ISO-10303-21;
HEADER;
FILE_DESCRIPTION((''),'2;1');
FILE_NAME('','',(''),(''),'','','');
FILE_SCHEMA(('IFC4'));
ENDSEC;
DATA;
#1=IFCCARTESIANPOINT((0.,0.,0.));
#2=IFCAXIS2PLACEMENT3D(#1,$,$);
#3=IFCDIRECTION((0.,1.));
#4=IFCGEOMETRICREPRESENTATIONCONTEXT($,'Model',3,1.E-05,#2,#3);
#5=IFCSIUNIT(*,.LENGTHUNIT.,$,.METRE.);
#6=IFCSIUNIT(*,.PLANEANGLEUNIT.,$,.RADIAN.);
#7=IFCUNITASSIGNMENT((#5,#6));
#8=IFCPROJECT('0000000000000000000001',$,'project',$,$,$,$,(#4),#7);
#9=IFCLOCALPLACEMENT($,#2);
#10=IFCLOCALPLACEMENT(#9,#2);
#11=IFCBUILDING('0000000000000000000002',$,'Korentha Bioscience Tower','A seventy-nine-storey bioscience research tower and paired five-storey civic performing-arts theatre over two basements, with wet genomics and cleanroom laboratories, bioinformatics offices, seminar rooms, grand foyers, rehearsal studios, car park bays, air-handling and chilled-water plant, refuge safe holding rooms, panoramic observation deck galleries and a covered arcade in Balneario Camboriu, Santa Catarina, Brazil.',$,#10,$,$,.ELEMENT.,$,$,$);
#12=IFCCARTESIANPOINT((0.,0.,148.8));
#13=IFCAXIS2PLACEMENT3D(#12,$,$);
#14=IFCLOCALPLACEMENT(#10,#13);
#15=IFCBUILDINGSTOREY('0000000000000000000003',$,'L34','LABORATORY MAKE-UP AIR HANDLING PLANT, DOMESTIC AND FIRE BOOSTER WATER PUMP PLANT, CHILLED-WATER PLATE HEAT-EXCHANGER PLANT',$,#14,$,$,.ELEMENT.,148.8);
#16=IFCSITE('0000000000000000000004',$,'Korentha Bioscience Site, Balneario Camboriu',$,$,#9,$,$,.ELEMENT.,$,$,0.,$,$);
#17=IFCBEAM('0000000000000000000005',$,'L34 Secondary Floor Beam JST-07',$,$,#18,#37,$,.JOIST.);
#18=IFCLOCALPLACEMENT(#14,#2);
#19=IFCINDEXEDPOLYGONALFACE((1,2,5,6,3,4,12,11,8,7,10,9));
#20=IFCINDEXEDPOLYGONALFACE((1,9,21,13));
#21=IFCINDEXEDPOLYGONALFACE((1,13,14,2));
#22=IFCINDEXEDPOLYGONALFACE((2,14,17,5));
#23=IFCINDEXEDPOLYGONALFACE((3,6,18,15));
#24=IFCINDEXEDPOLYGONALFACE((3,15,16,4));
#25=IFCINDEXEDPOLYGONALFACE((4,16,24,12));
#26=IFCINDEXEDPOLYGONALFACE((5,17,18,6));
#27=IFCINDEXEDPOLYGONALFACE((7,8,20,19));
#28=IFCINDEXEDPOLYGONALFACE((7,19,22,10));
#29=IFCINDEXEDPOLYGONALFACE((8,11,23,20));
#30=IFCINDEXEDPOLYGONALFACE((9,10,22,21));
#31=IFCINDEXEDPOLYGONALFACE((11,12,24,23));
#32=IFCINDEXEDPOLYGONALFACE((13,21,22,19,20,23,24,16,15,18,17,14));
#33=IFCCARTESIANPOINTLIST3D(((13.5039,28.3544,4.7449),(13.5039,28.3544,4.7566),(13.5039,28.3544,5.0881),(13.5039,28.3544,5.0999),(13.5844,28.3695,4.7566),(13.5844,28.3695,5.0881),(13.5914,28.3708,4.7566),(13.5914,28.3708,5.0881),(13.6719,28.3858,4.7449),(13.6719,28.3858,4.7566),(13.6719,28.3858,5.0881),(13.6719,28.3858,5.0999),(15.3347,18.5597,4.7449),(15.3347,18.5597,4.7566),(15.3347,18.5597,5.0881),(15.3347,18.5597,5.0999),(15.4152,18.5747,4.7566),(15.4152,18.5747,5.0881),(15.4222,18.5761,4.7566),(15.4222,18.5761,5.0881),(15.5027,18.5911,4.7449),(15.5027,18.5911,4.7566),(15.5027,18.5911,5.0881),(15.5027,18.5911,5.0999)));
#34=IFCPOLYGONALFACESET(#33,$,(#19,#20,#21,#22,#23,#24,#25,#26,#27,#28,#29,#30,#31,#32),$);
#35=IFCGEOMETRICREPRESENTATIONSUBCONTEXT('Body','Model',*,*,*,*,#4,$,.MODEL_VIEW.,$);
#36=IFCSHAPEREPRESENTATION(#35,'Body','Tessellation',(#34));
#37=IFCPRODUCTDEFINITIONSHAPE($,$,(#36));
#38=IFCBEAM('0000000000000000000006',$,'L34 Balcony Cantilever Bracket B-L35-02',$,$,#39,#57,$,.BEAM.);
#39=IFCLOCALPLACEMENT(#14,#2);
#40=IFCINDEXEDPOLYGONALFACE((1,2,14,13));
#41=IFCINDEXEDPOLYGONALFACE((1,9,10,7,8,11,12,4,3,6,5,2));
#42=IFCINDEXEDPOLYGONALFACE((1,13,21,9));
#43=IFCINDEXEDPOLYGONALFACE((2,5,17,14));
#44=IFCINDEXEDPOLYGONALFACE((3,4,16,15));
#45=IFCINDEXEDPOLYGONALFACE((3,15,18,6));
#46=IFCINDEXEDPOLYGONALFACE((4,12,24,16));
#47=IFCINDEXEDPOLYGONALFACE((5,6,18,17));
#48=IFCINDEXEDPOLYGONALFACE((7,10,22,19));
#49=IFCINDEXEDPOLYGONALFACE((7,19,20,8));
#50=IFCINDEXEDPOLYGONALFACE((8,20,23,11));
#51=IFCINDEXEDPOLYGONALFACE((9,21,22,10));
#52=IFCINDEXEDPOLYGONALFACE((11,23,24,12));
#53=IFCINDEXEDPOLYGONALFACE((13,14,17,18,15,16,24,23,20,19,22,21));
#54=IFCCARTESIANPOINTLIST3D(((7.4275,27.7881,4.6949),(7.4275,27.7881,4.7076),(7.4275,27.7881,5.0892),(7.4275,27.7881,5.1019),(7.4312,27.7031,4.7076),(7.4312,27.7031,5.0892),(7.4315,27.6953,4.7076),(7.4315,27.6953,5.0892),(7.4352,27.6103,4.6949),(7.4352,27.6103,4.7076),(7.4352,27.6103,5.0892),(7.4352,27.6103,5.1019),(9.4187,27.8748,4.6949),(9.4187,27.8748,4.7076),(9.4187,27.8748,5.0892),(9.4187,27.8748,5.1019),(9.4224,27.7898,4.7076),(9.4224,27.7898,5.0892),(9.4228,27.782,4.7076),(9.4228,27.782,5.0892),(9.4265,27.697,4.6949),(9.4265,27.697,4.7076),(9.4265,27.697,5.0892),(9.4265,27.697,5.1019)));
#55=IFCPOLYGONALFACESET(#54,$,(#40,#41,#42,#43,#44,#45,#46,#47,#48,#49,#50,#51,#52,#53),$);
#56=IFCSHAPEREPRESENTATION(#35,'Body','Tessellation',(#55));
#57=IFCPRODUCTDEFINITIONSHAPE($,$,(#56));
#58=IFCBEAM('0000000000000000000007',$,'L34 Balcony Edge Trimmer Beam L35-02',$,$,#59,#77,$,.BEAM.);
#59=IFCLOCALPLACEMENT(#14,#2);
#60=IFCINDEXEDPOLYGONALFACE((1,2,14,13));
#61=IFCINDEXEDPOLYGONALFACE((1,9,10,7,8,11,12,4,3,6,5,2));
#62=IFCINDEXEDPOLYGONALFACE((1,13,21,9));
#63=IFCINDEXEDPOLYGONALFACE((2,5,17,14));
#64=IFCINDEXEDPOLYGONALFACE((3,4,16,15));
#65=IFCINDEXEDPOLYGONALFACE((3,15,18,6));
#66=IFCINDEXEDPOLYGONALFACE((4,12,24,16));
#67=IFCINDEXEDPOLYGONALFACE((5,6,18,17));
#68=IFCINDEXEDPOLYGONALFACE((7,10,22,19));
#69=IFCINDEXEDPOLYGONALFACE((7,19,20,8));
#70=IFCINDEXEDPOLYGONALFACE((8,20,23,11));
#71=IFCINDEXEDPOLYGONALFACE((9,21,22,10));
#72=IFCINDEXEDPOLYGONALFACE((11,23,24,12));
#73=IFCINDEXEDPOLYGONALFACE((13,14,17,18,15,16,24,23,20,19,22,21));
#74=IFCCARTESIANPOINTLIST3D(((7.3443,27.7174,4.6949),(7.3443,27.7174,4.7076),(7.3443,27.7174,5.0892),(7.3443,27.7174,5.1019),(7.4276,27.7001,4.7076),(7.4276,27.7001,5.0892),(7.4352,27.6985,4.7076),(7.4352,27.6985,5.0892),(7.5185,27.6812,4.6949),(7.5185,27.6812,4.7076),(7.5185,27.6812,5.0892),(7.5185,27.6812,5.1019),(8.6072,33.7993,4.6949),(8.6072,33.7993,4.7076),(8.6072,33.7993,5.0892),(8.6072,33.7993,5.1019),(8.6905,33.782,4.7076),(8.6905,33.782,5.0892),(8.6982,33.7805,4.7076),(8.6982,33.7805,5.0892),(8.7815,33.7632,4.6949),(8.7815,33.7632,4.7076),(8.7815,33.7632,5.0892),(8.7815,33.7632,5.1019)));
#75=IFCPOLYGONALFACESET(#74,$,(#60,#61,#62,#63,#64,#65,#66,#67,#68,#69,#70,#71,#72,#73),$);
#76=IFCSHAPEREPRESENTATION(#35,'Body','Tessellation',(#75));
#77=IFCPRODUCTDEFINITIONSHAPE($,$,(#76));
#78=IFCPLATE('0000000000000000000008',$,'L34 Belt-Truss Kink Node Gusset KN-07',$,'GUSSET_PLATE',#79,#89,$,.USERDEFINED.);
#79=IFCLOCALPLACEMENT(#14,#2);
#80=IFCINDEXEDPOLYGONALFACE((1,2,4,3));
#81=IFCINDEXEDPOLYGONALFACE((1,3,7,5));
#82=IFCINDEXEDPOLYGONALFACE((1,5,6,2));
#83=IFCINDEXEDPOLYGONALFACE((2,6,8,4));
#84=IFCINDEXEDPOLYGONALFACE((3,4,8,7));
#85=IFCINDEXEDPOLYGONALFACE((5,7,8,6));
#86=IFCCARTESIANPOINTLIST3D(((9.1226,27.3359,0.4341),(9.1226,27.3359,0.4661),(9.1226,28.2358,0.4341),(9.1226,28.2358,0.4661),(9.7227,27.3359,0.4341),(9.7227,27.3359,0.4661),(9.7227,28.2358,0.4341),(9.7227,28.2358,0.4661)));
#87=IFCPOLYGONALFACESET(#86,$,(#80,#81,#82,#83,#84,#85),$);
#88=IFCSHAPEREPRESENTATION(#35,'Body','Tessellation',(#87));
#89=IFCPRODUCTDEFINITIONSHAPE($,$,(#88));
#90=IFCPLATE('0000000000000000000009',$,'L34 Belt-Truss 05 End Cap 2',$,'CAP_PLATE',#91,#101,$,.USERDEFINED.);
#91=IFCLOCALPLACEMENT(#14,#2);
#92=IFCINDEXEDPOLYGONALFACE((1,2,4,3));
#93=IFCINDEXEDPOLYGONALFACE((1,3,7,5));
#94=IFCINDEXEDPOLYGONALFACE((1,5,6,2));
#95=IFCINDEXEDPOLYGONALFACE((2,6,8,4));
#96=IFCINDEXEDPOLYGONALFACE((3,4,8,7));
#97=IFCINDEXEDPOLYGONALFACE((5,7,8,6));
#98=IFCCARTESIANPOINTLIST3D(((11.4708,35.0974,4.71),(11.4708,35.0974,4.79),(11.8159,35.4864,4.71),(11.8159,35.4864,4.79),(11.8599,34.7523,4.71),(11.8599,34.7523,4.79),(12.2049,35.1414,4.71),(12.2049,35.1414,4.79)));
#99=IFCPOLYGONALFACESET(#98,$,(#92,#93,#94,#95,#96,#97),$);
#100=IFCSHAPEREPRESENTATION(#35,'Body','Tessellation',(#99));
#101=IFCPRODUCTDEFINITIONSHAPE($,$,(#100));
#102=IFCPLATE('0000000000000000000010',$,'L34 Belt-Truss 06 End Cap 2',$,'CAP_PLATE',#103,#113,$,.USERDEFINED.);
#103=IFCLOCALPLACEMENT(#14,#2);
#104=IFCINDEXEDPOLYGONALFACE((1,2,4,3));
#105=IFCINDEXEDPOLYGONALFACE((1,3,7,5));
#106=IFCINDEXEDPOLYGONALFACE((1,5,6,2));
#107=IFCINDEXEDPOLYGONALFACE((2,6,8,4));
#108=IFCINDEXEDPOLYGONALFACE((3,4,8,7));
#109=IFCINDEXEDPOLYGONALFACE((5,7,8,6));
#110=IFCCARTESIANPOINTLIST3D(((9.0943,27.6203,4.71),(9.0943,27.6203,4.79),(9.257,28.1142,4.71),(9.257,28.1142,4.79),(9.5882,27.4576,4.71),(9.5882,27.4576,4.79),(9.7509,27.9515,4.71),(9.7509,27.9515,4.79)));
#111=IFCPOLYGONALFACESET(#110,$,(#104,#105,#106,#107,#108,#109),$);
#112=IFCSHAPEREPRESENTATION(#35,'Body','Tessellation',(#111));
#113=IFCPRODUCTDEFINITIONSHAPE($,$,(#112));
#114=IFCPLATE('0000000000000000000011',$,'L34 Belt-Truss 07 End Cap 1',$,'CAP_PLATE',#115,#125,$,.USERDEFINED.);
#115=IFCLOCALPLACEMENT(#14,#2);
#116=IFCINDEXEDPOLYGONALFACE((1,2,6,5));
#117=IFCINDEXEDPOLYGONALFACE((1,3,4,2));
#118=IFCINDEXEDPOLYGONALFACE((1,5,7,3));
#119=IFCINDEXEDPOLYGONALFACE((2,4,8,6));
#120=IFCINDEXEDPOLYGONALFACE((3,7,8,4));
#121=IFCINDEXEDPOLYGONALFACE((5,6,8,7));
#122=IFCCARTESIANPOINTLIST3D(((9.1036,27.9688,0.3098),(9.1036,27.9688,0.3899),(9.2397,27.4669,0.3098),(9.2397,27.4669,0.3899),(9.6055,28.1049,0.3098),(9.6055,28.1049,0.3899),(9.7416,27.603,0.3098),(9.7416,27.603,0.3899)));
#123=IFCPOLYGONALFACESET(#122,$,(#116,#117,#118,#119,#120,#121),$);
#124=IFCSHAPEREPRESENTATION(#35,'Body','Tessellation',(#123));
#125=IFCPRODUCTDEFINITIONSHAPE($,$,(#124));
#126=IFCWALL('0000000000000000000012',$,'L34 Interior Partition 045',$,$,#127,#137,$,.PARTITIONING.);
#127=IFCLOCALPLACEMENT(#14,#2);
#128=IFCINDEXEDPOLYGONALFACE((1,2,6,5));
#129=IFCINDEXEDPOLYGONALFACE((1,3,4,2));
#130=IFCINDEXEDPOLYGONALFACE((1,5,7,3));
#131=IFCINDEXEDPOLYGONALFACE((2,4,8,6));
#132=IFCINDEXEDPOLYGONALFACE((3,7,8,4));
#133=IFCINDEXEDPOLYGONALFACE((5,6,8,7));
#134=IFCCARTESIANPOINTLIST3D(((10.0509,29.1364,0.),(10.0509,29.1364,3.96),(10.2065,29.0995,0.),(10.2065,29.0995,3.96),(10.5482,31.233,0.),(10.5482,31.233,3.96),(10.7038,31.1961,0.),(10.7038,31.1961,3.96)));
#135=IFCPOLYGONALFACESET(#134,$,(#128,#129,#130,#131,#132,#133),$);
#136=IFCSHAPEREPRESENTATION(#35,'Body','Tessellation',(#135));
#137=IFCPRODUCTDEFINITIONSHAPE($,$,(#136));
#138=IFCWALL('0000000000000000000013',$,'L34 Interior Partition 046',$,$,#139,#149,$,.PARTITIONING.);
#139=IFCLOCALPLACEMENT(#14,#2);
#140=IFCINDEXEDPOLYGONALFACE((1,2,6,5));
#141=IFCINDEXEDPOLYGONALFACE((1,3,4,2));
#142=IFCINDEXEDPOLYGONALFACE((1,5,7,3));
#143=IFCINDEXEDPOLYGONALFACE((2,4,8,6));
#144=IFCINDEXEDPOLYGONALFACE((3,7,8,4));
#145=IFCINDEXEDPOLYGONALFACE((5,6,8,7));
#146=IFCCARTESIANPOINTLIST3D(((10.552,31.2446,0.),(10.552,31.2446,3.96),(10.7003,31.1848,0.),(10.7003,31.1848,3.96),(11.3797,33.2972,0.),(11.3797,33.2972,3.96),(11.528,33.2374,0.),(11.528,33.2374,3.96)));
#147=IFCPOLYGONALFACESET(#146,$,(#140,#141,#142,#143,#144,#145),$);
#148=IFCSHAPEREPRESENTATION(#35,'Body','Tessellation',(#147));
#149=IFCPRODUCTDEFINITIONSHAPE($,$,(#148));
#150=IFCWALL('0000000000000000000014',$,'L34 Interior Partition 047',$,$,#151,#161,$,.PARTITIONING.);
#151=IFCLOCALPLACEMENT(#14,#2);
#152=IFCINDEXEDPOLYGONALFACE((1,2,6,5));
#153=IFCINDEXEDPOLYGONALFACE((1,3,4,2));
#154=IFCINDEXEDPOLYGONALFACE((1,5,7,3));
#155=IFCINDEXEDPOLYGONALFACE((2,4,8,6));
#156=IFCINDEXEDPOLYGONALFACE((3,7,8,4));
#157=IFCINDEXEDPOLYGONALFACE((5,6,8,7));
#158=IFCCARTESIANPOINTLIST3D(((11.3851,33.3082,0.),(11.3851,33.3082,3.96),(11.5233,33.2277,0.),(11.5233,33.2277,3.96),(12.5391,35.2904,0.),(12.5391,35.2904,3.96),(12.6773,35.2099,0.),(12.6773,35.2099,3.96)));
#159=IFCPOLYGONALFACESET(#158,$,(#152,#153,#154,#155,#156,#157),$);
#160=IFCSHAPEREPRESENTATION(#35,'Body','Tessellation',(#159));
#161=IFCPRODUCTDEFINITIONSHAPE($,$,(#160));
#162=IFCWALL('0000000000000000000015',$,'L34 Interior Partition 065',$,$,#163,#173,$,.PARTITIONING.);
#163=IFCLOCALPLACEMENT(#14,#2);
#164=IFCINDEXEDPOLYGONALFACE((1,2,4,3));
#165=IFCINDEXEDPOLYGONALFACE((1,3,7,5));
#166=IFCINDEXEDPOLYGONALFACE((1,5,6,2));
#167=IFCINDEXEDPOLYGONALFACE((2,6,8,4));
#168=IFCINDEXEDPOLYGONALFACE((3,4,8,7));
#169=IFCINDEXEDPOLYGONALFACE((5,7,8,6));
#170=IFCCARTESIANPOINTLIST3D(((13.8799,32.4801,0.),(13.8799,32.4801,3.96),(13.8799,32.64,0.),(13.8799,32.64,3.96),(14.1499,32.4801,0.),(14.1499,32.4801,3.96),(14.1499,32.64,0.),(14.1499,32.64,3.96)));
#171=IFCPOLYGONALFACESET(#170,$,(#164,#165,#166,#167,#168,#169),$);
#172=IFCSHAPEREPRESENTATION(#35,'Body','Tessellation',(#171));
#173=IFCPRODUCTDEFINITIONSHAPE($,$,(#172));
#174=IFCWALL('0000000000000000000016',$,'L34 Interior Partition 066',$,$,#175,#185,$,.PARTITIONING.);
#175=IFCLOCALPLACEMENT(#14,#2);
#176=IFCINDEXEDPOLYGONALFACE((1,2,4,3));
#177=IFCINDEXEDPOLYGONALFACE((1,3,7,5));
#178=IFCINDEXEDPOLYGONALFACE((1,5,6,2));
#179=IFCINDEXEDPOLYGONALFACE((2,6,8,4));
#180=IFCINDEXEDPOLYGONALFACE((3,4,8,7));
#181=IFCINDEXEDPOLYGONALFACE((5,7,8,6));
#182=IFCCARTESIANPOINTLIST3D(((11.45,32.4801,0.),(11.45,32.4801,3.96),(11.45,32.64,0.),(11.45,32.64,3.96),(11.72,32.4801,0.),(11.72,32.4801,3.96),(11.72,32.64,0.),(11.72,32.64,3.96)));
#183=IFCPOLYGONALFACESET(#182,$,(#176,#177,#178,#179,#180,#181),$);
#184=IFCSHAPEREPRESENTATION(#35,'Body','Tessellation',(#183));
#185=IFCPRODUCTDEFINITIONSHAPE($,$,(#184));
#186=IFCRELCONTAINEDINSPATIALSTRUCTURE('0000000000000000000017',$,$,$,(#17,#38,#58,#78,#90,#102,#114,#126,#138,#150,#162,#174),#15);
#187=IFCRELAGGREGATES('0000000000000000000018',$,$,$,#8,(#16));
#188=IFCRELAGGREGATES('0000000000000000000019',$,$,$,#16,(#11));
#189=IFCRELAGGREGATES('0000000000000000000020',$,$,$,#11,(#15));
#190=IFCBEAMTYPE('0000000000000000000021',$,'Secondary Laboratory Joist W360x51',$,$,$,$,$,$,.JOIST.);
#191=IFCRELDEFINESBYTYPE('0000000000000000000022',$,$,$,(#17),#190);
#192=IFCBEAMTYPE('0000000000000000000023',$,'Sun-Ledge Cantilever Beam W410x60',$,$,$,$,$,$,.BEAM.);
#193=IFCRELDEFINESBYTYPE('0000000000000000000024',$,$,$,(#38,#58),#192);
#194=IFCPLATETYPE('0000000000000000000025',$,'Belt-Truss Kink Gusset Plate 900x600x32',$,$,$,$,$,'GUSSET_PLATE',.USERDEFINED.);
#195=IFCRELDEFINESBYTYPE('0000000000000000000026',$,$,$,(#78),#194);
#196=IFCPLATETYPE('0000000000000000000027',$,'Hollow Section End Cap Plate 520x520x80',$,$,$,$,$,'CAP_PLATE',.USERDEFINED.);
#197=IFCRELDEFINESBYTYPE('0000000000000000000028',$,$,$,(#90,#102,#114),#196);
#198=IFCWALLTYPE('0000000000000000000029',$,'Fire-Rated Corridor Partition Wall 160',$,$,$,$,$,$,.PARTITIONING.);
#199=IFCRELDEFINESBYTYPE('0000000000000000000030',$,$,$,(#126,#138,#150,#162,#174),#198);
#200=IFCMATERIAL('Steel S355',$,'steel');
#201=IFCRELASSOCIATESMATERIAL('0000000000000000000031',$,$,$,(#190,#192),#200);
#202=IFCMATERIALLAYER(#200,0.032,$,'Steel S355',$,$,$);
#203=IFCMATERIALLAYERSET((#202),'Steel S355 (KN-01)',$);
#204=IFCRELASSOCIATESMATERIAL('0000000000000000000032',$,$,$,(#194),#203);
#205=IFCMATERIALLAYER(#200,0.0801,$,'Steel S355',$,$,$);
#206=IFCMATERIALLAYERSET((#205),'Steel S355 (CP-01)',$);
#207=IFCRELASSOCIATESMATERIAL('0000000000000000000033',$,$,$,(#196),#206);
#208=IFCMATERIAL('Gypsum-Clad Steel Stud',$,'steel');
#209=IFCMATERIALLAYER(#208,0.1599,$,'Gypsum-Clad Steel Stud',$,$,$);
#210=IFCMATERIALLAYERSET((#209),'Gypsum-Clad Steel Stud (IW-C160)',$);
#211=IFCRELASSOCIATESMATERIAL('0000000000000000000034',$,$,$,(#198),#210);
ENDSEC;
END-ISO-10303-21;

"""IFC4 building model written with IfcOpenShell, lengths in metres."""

from ifc_helpers import new_model, si_unit, direction, frame, frame_2d, origin, origin_2d, place, context, subcontext, project, spatial, rectangle, i_section, extrude, material, layer, layer_set, material_profile, profile_set, type_object, element, save


model = new_model("IFC4")

# Units and contexts
model_context = context("Model", 3, precision=1e-05, world=origin(), true_north=direction((0.0, 1.0)))
body_context = subcontext(model_context, "Body", "Model", "MODEL_VIEW")
ifc_project = project(units=[si_unit("LENGTHUNIT", "METRE"), si_unit("PLANEANGLEUNIT", "RADIAN")], contexts=[model_context])

# Site, building, storey
site_placement = place(None, origin())
site = spatial("IfcSite", under=ifc_project, at=site_placement, Name="Korentha Bioscience Site, Balneario Camboriu", CompositionType="ELEMENT", RefElevation=0.0)
building_placement = place(site_placement, origin())
building = spatial("IfcBuilding", under=site, at=building_placement, Name="Korentha Bioscience Tower", Description="A seventy-nine-storey bioscience research tower and paired five-storey civic performing-arts theatre over two basements, with wet genomics and cleanroom laboratories, bioinformatics offices, seminar rooms, grand foyers, rehearsal studios, car park bays, air-handling and chilled-water plant, refuge safe holding rooms, panoramic observation deck galleries and a covered arcade in Balneario Camboriu, Santa Catarina, Brazil.", CompositionType="ELEMENT")
storey_placement = place(building_placement, frame((0.0, 0.0, 148.8)))
storey = spatial("IfcBuildingStorey", under=building, at=storey_placement, Name="L34", Description="LABORATORY MAKE-UP AIR HANDLING PLANT, DOMESTIC AND FIRE BOOSTER WATER PUMP PLANT, CHILLED-WATER PLATE HEAT-EXCHANGER PLANT", CompositionType="ELEMENT", Elevation=148.8)

# Shared definitions
ifc_material_1 = material(Name="Steel S355", Category="steel")

# Beams
ifc_material_profile_1 = material_profile(ifc_material_1, i_section(OverallWidth=0.1709, OverallDepth=0.355, WebThickness=0.0071, FlangeThickness=0.0117, at=origin_2d()), Name="Steel S355")
ifc_profile_set_1 = profile_set([ifc_material_profile_1], Name="Steel S355 (JB-360)")
beam_type_1 = type_object("IfcBeamType", Name="Secondary Laboratory Joist W360x51", PredefinedType="JOIST", material=ifc_profile_set_1)
beam_1_placement = place(storey_placement, frame((13.5879, 28.3701, 4.9224), z_axis=(0.183737, -0.982975, 0.0), x_axis=(0.982975, 0.183737, 0.0)))
element("IfcBeam", 1, at=beam_1_placement, inside=storey, type_object=beam_type_1, Name="L34 Secondary Floor Beam JST-07", PredefinedType="JOIST", context=body_context, shape_type="SweptSolid", body=[
    extrude(i_section(OverallWidth=0.1709, OverallDepth=0.355, WebThickness=0.0071, FlangeThickness=0.0117, at=origin_2d()), origin(), (0.0, 0.0, 1.0), 9.9644),
])
ifc_material_profile_2 = material_profile(ifc_material_1, i_section(OverallWidth=0.178, OverallDepth=0.407, WebThickness=0.0078, FlangeThickness=0.0127, at=origin_2d()), Name="Steel S355")
ifc_profile_set_2 = profile_set([ifc_material_profile_2], Name="Steel S355 (CB-410)")
beam_type_2 = type_object("IfcBeamType", Name="Sun-Ledge Cantilever Beam W410x60", PredefinedType="BEAM", material=ifc_profile_set_2)
beam_2_placement = place(storey_placement, frame((9.4226, 27.7859, 4.8984), z_axis=(-0.999054, -0.043485, 0.0), x_axis=(0.043485, -0.999054, 0.0)))
element("IfcBeam", 2, at=beam_2_placement, inside=storey, type_object=beam_type_2, Name="L34 Balcony Cantilever Bracket B-L35-02", PredefinedType="BEAM", context=body_context, shape_type="SweptSolid", body=[
    extrude(i_section(OverallWidth=0.178, OverallDepth=0.407, WebThickness=0.0078, FlangeThickness=0.0127, at=origin_2d()), origin(), (0.0, 0.0, 1.0), 1.9932),
])
beam_3_placement = place(storey_placement, frame((8.6943, 33.7812, 4.8984), z_axis=(-0.203314, -0.979114, 0.0), x_axis=(0.979114, -0.203314, 0.0)))
element("IfcBeam", 3, at=beam_3_placement, inside=storey, type_object=beam_type_2, Name="L34 Balcony Edge Trimmer Beam L35-02", PredefinedType="BEAM", context=body_context, shape_type="SweptSolid", body=[
    extrude(i_section(OverallWidth=0.178, OverallDepth=0.407, WebThickness=0.0078, FlangeThickness=0.0127, at=origin_2d()), origin(), (0.0, 0.0, 1.0), 6.2117),
])

# Plates
ifc_layer_1 = layer(ifc_material_1, 0.032, Name="Steel S355")
ifc_layer_set_1 = layer_set([ifc_layer_1], Name="Steel S355 (KN-01)")
plate_type_1 = type_object("IfcPlateType", Name="Belt-Truss Kink Gusset Plate 900x600x32", ElementType="GUSSET_PLATE", PredefinedType="USERDEFINED", material=ifc_layer_set_1)
plate_placement = place(storey_placement, frame((9.4226, 27.7859, 0.4341), z_axis=(0.0, 0.0, 1.0), x_axis=(0.0, 1.0, 0.0)))
element("IfcPlate", 4, at=plate_placement, inside=storey, type_object=plate_type_1, Name="L34 Belt-Truss Kink Node Gusset KN-07", ObjectType="GUSSET_PLATE", PredefinedType="USERDEFINED", context=body_context, shape_type="SweptSolid", body=[
    extrude(rectangle(XDim=0.8999, YDim=0.6001, at=origin_2d()), origin(), (0.0, 0.0, 1.0), 0.032),
])
ifc_layer_2 = layer(ifc_material_1, 0.0801, Name="Steel S355")
ifc_layer_set_2 = layer_set([ifc_layer_2], Name="Steel S355 (CP-01)")
plate_type_2 = type_object("IfcPlateType", Name="Hollow Section End Cap Plate 520x520x80", ElementType="CAP_PLATE", PredefinedType="USERDEFINED", material=ifc_layer_set_2)
for number, where, z_axis, x_axis, name in (
    (5, (11.8379, 35.1194, 4.71), (0.0, 0.0, 1.0), (0.663535, 0.748146, 0.0), "L34 Belt-Truss 05 End Cap 2"),
    (6, (9.4226, 27.7859, 4.71), (0.0, 0.0, 1.0), (0.312832, 0.949808, 0.0), "L34 Belt-Truss 06 End Cap 2"),
    (7, (9.4226, 27.7859, 0.3098), (0.0, 0.0, 1.0), (-0.261684, 0.965154, 0.0), "L34 Belt-Truss 07 End Cap 1"),
):
    element("IfcPlate", number, at=place(storey_placement, frame(where, z_axis=z_axis, x_axis=x_axis)), inside=storey, type_object=plate_type_2, Name=name, ObjectType="CAP_PLATE", PredefinedType="USERDEFINED", context=body_context, shape_type="SweptSolid", body=[
        extrude(rectangle(XDim=0.52, YDim=0.52, at=origin_2d()), origin(), (0.0, 0.0, 1.0), 0.0801),
    ])

# Walls
ifc_material_2 = material(Name="Gypsum-Clad Steel Stud", Category="steel")
ifc_layer_3 = layer(ifc_material_2, 0.1599, Name="Gypsum-Clad Steel Stud")
ifc_layer_set_3 = layer_set([ifc_layer_3], Name="Gypsum-Clad Steel Stud (IW-C160)")
wall_type_1 = type_object("IfcWallType", Name="Fire-Rated Corridor Partition Wall 160", PredefinedType="PARTITIONING", material=ifc_layer_set_3)
wall_1_placement = place(storey_placement, frame((10.1287, 29.1179, 0.0), z_axis=(0.0, 0.0, 1.0), x_axis=(0.230788, 0.973004, 0.0)))
element("IfcWall", 8, at=wall_1_placement, inside=storey, type_object=wall_type_1, Name="L34 Interior Partition 045", PredefinedType="PARTITIONING", context=body_context, shape_type="SweptSolid", body=[
    extrude(rectangle(XDim=2.1548, YDim=0.1599, at=frame_2d((1.0774, 0.0))), origin(), (0.0, 0.0, 1.0), 3.96),
])
wall_2_placement = place(storey_placement, frame((10.6262, 31.2148, 0.0), z_axis=(0.0, 0.0, 1.0), x_axis=(0.373976, 0.927438, 0.0)))
element("IfcWall", 9, at=wall_2_placement, inside=storey, type_object=wall_type_1, Name="L34 Interior Partition 046", PredefinedType="PARTITIONING", context=body_context, shape_type="SweptSolid", body=[
    extrude(rectangle(XDim=2.2131, YDim=0.1599, at=frame_2d((1.1064, 0.0))), origin(), (0.0, 0.0, 1.0), 3.96),
])
wall_3_placement = place(storey_placement, frame((11.4541, 33.2678, 0.0), z_axis=(0.0, 0.0, 1.0), x_axis=(0.503149, 0.864199, 0.0)))
element("IfcWall", 10, at=wall_3_placement, inside=storey, type_object=wall_type_1, Name="L34 Interior Partition 047", PredefinedType="PARTITIONING", context=body_context, shape_type="SweptSolid", body=[
    extrude(rectangle(XDim=2.2937, YDim=0.1599, at=frame_2d((1.147, 0.0))), origin(), (0.0, 0.0, 1.0), 3.96),
])
for number, where, z_axis, x_axis, name in (
    (11, (14.1499, 32.5601, 0.0), (0.0, 0.0, 1.0), (-1.0, 0.0, 0.0), "L34 Interior Partition 065"),
    (12, (11.72, 32.5601, 0.0), (0.0, 0.0, 1.0), (-1.0, 0.0, 0.0), "L34 Interior Partition 066"),
):
    element("IfcWall", number, at=place(storey_placement, frame(where, z_axis=z_axis, x_axis=x_axis)), inside=storey, type_object=wall_type_1, Name=name, PredefinedType="PARTITIONING", context=body_context, shape_type="SweptSolid", body=[
        extrude(rectangle(XDim=0.27, YDim=0.1599, at=frame_2d((0.135, 0.0))), origin(), (0.0, 0.0, 1.0), 3.96),
    ])

save(model, "model.ifc")
